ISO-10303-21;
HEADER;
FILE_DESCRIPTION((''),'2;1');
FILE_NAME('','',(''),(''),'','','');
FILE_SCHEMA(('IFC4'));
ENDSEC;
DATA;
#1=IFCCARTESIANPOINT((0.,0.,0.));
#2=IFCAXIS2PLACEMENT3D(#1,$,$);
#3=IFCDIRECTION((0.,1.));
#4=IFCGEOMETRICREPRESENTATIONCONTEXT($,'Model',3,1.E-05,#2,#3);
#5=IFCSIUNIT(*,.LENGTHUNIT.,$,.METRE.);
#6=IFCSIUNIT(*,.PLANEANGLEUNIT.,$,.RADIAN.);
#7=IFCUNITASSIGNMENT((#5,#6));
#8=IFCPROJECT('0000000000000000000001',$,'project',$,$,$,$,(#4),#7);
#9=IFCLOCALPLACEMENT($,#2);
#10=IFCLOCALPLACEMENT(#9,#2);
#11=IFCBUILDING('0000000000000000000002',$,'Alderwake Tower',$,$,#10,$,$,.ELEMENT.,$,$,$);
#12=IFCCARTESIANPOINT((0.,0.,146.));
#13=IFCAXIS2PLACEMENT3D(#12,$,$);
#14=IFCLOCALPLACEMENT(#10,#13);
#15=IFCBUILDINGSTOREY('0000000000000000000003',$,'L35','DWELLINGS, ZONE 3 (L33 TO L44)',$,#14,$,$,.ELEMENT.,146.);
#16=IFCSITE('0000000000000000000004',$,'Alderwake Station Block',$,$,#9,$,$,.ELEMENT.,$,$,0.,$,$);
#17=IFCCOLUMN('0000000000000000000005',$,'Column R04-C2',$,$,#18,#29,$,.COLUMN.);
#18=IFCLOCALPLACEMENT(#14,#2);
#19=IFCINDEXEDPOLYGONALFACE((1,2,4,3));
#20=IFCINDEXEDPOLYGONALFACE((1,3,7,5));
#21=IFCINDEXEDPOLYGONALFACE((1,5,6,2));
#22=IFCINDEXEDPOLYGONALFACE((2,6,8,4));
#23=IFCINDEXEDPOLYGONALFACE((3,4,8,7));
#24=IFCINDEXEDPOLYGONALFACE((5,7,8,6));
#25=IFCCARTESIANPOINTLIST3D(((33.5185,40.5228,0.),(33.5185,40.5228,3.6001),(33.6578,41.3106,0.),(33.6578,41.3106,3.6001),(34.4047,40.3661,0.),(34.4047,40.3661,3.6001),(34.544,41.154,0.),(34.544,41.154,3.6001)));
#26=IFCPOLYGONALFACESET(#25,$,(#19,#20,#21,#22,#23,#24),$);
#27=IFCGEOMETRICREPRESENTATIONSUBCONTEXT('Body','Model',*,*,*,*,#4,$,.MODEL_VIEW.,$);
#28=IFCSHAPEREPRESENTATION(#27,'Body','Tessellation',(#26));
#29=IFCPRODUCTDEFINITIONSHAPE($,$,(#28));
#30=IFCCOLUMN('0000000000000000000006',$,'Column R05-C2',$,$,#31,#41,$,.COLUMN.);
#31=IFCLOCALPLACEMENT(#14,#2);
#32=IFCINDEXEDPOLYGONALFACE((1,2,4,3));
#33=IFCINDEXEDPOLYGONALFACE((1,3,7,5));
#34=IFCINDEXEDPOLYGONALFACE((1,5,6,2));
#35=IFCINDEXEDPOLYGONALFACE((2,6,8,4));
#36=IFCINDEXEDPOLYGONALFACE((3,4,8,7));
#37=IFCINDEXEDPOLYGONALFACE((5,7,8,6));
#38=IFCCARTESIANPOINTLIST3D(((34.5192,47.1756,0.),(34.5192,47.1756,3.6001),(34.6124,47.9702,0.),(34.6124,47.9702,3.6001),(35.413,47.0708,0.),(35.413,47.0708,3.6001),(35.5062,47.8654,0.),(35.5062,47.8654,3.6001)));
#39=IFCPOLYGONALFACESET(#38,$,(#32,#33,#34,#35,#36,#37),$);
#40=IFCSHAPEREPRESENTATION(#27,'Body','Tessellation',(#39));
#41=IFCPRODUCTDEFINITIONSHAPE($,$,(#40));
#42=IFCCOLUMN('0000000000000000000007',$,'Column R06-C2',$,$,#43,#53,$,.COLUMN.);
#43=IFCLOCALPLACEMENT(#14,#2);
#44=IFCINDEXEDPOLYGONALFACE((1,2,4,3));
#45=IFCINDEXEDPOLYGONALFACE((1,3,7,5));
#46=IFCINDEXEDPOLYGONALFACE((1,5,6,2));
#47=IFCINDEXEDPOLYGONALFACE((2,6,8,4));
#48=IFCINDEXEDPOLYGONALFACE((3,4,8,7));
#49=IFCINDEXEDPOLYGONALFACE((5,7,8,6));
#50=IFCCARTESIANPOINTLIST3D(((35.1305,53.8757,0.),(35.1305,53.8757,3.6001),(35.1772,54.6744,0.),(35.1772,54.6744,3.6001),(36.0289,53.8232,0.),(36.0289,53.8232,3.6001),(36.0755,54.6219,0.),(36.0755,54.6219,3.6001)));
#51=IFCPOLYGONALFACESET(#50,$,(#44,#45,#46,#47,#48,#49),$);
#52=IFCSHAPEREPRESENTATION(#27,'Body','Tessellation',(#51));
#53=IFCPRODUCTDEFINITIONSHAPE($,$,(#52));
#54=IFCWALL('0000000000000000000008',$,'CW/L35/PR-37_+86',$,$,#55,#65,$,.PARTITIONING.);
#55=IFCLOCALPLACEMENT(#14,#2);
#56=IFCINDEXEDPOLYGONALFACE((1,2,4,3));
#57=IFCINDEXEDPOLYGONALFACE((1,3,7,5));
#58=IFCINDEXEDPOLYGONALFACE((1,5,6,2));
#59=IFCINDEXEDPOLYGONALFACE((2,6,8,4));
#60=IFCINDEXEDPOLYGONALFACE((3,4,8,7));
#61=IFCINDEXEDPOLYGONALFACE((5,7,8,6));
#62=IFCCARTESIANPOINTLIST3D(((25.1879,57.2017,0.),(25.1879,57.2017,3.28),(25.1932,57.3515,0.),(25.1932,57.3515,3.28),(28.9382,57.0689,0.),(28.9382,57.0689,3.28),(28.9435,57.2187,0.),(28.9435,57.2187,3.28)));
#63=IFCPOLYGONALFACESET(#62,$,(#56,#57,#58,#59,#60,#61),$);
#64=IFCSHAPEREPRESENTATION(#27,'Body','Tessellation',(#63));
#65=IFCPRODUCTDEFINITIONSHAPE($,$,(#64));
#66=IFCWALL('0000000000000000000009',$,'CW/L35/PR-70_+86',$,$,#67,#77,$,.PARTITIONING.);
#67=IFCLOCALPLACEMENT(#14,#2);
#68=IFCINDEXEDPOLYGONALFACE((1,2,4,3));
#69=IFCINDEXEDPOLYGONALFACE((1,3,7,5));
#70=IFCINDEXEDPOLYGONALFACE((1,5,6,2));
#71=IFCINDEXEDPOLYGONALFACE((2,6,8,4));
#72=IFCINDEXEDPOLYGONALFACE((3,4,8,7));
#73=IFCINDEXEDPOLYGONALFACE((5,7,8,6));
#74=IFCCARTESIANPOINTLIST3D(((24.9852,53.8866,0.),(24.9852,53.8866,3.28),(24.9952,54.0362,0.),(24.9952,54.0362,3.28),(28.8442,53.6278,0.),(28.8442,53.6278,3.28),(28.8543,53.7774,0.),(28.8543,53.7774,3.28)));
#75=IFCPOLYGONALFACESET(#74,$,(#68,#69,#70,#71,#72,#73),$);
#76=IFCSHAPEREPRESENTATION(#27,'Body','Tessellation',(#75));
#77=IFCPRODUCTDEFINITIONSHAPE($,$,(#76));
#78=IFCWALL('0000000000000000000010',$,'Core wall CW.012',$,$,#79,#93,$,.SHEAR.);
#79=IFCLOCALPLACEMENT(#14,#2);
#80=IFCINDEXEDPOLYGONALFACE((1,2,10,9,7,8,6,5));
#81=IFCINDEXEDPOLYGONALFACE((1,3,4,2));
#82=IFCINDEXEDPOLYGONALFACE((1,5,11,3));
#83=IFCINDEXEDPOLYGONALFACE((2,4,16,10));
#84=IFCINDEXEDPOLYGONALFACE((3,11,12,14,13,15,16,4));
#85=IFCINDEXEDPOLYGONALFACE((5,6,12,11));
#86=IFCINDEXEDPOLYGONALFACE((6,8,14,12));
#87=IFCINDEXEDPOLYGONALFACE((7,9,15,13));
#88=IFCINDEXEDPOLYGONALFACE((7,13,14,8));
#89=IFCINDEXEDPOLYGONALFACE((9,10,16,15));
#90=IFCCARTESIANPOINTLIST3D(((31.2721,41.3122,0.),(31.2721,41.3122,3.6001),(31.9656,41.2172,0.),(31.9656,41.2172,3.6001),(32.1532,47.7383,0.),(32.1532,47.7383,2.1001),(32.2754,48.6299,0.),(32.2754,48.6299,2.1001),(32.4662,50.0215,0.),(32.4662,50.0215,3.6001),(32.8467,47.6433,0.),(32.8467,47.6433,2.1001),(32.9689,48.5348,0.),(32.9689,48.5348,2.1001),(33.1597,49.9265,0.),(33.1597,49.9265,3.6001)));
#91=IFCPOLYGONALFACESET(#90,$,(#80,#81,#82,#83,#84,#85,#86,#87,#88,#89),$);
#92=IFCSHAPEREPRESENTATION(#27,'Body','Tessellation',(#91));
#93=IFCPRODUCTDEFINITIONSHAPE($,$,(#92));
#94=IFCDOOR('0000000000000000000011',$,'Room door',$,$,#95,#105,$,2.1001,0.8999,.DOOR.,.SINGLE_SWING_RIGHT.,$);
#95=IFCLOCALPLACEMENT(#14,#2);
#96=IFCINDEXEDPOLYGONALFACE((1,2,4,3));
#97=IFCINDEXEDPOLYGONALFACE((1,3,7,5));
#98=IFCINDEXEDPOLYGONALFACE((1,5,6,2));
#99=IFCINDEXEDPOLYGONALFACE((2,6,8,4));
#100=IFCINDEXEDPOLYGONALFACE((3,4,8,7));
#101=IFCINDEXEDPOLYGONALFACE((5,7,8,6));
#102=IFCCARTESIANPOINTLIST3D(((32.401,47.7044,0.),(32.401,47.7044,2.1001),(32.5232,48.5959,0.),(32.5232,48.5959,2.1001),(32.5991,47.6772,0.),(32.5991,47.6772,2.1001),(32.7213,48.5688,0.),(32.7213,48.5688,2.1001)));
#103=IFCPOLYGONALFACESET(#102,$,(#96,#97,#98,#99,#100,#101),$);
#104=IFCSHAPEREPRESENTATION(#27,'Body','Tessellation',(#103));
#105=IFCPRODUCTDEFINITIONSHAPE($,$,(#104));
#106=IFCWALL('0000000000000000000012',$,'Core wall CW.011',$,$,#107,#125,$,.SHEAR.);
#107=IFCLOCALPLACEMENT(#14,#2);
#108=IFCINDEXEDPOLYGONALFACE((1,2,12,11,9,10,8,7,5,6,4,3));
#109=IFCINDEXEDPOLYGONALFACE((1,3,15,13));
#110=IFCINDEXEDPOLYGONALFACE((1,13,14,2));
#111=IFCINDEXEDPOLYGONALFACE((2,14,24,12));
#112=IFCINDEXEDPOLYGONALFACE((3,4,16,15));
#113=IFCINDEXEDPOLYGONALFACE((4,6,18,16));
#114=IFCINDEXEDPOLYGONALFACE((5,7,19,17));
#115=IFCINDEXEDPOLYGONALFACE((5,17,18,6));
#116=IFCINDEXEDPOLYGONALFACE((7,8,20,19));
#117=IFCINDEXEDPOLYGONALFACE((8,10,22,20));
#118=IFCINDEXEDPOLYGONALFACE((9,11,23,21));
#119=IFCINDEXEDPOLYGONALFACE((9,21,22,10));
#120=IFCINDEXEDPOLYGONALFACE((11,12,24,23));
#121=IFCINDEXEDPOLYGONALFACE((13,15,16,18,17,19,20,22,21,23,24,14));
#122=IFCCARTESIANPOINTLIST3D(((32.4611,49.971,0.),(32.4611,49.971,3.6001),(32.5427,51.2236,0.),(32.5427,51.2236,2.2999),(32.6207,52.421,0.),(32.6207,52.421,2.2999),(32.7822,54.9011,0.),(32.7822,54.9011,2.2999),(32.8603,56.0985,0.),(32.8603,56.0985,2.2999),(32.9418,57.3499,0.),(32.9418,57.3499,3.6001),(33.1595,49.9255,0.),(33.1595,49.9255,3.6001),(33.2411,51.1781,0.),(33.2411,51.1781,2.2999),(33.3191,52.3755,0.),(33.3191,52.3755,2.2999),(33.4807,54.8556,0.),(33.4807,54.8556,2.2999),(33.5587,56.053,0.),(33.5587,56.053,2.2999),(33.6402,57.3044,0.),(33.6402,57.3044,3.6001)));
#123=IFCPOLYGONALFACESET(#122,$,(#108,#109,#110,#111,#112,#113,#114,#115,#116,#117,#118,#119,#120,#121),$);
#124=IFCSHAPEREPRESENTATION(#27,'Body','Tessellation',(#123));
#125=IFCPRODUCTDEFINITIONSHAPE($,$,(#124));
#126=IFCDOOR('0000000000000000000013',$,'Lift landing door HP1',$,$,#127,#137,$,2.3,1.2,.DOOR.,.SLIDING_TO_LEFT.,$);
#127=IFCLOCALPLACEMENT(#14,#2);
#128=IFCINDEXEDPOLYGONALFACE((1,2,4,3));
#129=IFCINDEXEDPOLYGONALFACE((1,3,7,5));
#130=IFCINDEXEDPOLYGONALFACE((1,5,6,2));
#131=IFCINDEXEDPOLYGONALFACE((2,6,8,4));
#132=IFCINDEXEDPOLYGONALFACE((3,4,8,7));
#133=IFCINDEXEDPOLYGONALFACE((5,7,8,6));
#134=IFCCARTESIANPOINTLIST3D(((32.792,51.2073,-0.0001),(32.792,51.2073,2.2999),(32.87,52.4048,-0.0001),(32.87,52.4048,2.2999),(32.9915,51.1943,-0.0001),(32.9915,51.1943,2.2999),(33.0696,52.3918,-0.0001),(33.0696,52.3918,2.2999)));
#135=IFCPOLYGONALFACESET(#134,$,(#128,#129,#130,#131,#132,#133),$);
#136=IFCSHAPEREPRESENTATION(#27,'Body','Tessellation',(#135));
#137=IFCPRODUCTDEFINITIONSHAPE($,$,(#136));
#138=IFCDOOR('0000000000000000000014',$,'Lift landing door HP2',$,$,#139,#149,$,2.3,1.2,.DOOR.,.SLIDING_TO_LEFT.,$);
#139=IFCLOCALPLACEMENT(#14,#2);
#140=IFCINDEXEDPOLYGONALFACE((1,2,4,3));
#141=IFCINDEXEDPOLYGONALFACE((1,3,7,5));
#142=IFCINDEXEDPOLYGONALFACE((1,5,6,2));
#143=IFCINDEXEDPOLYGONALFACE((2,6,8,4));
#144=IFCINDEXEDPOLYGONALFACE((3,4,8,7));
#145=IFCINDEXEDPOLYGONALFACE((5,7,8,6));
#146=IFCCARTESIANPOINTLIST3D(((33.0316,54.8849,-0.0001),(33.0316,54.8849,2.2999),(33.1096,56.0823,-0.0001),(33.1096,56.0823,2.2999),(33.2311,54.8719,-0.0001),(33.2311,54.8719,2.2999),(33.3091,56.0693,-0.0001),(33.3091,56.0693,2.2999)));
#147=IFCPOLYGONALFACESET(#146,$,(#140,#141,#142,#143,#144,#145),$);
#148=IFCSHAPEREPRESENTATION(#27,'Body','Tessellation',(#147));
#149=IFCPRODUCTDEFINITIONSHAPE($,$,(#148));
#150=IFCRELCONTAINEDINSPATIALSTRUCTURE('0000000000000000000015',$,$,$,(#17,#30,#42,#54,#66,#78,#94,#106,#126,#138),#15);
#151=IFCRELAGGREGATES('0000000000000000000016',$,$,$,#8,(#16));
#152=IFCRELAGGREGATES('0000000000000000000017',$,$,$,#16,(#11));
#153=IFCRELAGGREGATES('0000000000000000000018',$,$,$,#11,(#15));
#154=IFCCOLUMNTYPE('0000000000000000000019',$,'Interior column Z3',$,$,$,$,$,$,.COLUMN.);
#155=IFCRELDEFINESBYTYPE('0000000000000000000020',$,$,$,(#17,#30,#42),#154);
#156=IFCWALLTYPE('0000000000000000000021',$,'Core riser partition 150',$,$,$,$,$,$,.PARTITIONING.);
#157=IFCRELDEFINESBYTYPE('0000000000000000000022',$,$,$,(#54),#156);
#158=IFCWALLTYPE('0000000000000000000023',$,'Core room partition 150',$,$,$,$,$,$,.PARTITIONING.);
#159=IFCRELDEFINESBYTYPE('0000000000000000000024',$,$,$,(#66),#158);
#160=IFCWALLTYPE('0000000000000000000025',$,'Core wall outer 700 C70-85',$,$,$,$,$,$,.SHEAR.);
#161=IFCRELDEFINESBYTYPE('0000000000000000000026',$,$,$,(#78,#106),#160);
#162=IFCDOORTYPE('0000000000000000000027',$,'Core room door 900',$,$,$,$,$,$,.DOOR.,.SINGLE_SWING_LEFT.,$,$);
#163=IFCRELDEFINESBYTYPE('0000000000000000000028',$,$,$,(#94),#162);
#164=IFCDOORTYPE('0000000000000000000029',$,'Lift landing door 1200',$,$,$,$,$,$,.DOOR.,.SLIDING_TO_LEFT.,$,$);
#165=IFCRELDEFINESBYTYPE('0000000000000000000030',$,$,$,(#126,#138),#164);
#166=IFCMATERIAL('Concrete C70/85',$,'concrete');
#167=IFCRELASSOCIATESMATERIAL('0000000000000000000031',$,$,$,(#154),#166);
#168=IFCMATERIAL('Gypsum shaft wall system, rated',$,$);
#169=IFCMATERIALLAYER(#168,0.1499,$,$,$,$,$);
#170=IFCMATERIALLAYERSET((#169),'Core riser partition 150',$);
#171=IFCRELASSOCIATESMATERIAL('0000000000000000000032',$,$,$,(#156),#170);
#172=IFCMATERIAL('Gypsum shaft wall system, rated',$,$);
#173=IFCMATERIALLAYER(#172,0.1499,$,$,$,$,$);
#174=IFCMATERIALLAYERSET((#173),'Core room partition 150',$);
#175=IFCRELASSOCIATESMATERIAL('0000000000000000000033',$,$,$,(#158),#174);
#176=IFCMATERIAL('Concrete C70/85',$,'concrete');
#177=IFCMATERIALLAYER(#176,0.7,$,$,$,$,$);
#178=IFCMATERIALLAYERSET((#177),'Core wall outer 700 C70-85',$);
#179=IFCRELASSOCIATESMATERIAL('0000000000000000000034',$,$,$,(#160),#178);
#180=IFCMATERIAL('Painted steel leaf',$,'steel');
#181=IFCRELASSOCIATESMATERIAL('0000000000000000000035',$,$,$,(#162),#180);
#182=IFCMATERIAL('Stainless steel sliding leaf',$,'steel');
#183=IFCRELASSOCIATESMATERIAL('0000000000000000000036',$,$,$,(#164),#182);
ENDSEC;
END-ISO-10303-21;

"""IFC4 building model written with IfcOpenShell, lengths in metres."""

from ifc_helpers import new_model, si_unit, direction, frame, frame_2d, origin, origin_2d, place, context, subcontext, project, spatial, rectangle, extrude, material, layer, layer_set, material_profile, profile_set, type_object, element, fill, save


model = new_model("IFC4")

# Units and contexts
model_context = context("Model", 3, precision=1e-05, world=origin(), true_north=direction((0.0, 1.0)))
body_context = subcontext(model_context, "Body", "Model", "MODEL_VIEW")
ifc_project = project(units=[si_unit("LENGTHUNIT", "METRE"), si_unit("PLANEANGLEUNIT", "RADIAN")], contexts=[model_context])

# Site, building, storey
site_placement = place(None, origin())
site = spatial("IfcSite", under=ifc_project, at=site_placement, Name="Alderwake Station Block", CompositionType="ELEMENT", RefElevation=0.0)
building_placement = place(site_placement, origin())
building = spatial("IfcBuilding", under=site, at=building_placement, Name="Alderwake Tower", CompositionType="ELEMENT")
storey_placement = place(building_placement, frame((0.0, 0.0, 146.0)))
storey = spatial("IfcBuildingStorey", under=building, at=storey_placement, Name="L35", Description="DWELLINGS, ZONE 3 (L33 TO L44)", CompositionType="ELEMENT", Elevation=146.0)

# Columns
ifc_material_1 = material(Name="Concrete C70/85", Category="concrete")
ifc_material_profile = material_profile(ifc_material_1, rectangle(XDim=0.8, YDim=0.8999, at=origin_2d()), Name="RC 900X800")
ifc_profile_set = profile_set([ifc_material_profile], Name="Concrete C70/85")
column_type = type_object("IfcColumnType", Name="Interior column Z3", PredefinedType="COLUMN", material=ifc_profile_set)
for number, where, z_axis, x_axis, name in (
    (1, (34.0312, 40.8384, 0.0), (0.0, 0.0, 1.0), (0.174109, 0.984726, 0.0), "Column R04-C2"),
    (2, (35.0127, 47.5205, 0.0), (0.0, 0.0, 1.0), (0.116402, 0.993202, 0.0), "Column R05-C2"),
    (3, (35.603, 54.2488, 0.0), (0.0, 0.0, 1.0), (0.058301, 0.998299, 0.0), "Column R06-C2"),
):
    element("IfcColumn", number, at=place(storey_placement, frame(where, z_axis=z_axis, x_axis=x_axis)), inside=storey, type_object=column_type, Name=name, PredefinedType="COLUMN", context=body_context, shape_type="SweptSolid", body=[
        extrude(rectangle(XDim=0.8, YDim=0.8999, at=origin_2d()), origin(), (0.0, 0.0, 1.0), 3.6001),
    ])

# Walls
ifc_material_2 = material(Name="Gypsum shaft wall system, rated")
ifc_layer_1 = layer(ifc_material_2, 0.1499)
ifc_layer_set_1 = layer_set([ifc_layer_1], Name="Core riser partition 150")
wall_type_1 = type_object("IfcWallType", Name="Core riser partition 150", PredefinedType="PARTITIONING", material=ifc_layer_set_1)
wall_1_placement = place(storey_placement, frame((25.1904, 57.2766, 0.0), z_axis=(0.0, 0.0, 1.0), x_axis=(0.999374, -0.035392, 0.0)))
element("IfcWall", 4, at=wall_1_placement, inside=storey, type_object=wall_type_1, Name="CW/L35/PR-37_+86", PredefinedType="PARTITIONING", context=body_context, shape_type="SweptSolid", body=[
    extrude(rectangle(XDim=3.7527, YDim=0.1499, at=frame_2d((1.8765, 0.0))), origin(), (0.0, 0.0, 1.0), 3.28),
])
ifc_material_3 = material(Name="Gypsum shaft wall system, rated")
ifc_layer_2 = layer(ifc_material_3, 0.1499)
ifc_layer_set_2 = layer_set([ifc_layer_2], Name="Core room partition 150")
wall_type_2 = type_object("IfcWallType", Name="Core room partition 150", PredefinedType="PARTITIONING", material=ifc_layer_set_2)
wall_2_placement = place(storey_placement, frame((24.9902, 53.9614, 0.0), z_axis=(0.0, 0.0, 1.0), x_axis=(0.997759, -0.066913, 0.0)))
element("IfcWall", 5, at=wall_2_placement, inside=storey, type_object=wall_type_2, Name="CW/L35/PR-70_+86", PredefinedType="PARTITIONING", context=body_context, shape_type="SweptSolid", body=[
    extrude(rectangle(XDim=3.8677, YDim=0.1499, at=frame_2d((1.9338, 0.0))), origin(), (0.0, 0.0, 1.0), 3.28),
])

# Wall, opening, door
ifc_material_4 = material(Name="Concrete C70/85", Category="concrete")
ifc_layer_3 = layer(ifc_material_4, 0.7)
ifc_layer_set_3 = layer_set([ifc_layer_3], Name="Core wall outer 700 C70-85")
wall_type_3 = type_object("IfcWallType", Name="Core wall outer 700 C70-85", PredefinedType="SHEAR", material=ifc_layer_set_3)
wall_3_placement = place(storey_placement, frame((32.813, 49.9741, 0.0), z_axis=(0.0, 0.0, 1.0), x_axis=(-0.135836, -0.990731, 0.0)))
wall_3 = element("IfcWall", 6, at=wall_3_placement, inside=storey, type_object=wall_type_3, Name="Core wall CW.012", PredefinedType="SHEAR", context=body_context, shape_type="SweptSolid", body=[
    extrude(rectangle(XDim=8.7908, YDim=0.7, at=frame_2d((4.3955, 0.0))), origin(), (0.0, 0.0, 1.0), 3.6001),
])
opening_1_placement = place(wall_3_placement, frame((1.4048, 0.0, 0.0)))
opening_1 = element("IfcOpeningElement", 7, at=opening_1_placement, cuts=wall_3, PredefinedType="OPENING", context=body_context, shape_type="SweptSolid", body=[
    extrude(rectangle(XDim=0.8999, YDim=2.1001, at=frame_2d((0.45, 1.05))), frame((0.0, 0.3599, 0.0), z_axis=(0.0, -1.0, 0.0), x_axis=(1.0, 0.0, 0.0)), (0.0, 0.0, 1.0), 0.72),
])
ifc_material_5 = material(Name="Painted steel leaf", Category="steel")
door_type_1 = type_object("IfcDoorType", Name="Core room door 900", OperationType="SINGLE_SWING_LEFT", PredefinedType="DOOR", material=ifc_material_5)
door_1_placement = place(opening_1_placement, origin())
door_1 = element("IfcDoor", 8, at=door_1_placement, inside=storey, type_object=door_type_1, Name="Room door", OperationType="SINGLE_SWING_RIGHT", OverallHeight=2.1001, OverallWidth=0.8999, PredefinedType="DOOR", context=body_context, shape_type="SweptSolid", body=[
    extrude(rectangle(XDim=0.8999, YDim=2.1001, at=frame_2d((0.45, 1.05))), frame((0.0, 0.1001, 0.0), z_axis=(0.0, -1.0, 0.0), x_axis=(1.0, 0.0, 0.0)), (0.0, 0.0, 1.0), 0.2),
])
fill(opening_1, door_1)

# Wall, openings, doors
wall_4_placement = place(storey_placement, frame((32.8103, 49.9482, 0.0), z_axis=(0.0, 0.0, 1.0), x_axis=(0.065009, 0.997885, 0.0)))
wall_4 = element("IfcWall", 9, at=wall_4_placement, inside=storey, type_object=wall_type_3, Name="Core wall CW.011", PredefinedType="SHEAR", context=body_context, shape_type="SweptSolid", body=[
    extrude(rectangle(XDim=7.3945, YDim=0.7, at=frame_2d((3.6973, 0.0))), origin(), (0.0, 0.0, 1.0), 3.6001),
])
opening_2_placement = place(wall_4_placement, frame((1.2551, 0.0, 0.0)))
opening_2 = element("IfcOpeningElement", 10, at=opening_2_placement, cuts=wall_4, PredefinedType="OPENING", context=body_context, shape_type="SweptSolid", body=[
    extrude(rectangle(XDim=1.2, YDim=2.3, at=frame_2d((0.6001, 1.1499))), frame((0.0, 0.3599, 0.0), z_axis=(0.0, -1.0, 0.0), x_axis=(1.0, 0.0, 0.0)), (0.0, 0.0, 1.0), 0.72),
])
opening_3_placement = place(wall_4_placement, frame((4.9404, 0.0, 0.0)))
opening_3 = element("IfcOpeningElement", 11, at=opening_3_placement, cuts=wall_4, PredefinedType="OPENING", context=body_context, shape_type="SweptSolid", body=[
    extrude(rectangle(XDim=1.2, YDim=2.3, at=frame_2d((0.6001, 1.1499))), frame((0.0, 0.3599, 0.0), z_axis=(0.0, -1.0, 0.0), x_axis=(1.0, 0.0, 0.0)), (0.0, 0.0, 1.0), 0.72),
])
ifc_material_6 = material(Name="Stainless steel sliding leaf", Category="steel")
door_type_2 = type_object("IfcDoorType", Name="Lift landing door 1200", OperationType="SLIDING_TO_LEFT", PredefinedType="DOOR", material=ifc_material_6)
door_2_placement = place(opening_2_placement, origin())
door_2 = element("IfcDoor", 12, at=door_2_placement, inside=storey, type_object=door_type_2, Name="Lift landing door HP1", OperationType="SLIDING_TO_LEFT", OverallHeight=2.3, OverallWidth=1.2, PredefinedType="DOOR", context=body_context, shape_type="SweptSolid", body=[
    extrude(rectangle(XDim=1.2, YDim=2.3, at=frame_2d((0.6001, 1.1499))), frame((0.0, 0.1001, 0.0), z_axis=(0.0, -1.0, 0.0), x_axis=(1.0, 0.0, 0.0)), (0.0, 0.0, 1.0), 0.2),
])
fill(opening_2, door_2)
door_3_placement = place(opening_3_placement, origin())
door_3 = element("IfcDoor", 13, at=door_3_placement, inside=storey, type_object=door_type_2, Name="Lift landing door HP2", OperationType="SLIDING_TO_LEFT", OverallHeight=2.3, OverallWidth=1.2, PredefinedType="DOOR", context=body_context, shape_type="SweptSolid", body=[
    extrude(rectangle(XDim=1.2, YDim=2.3, at=frame_2d((0.6001, 1.1499))), frame((0.0, 0.1001, 0.0), z_axis=(0.0, -1.0, 0.0), x_axis=(1.0, 0.0, 0.0)), (0.0, 0.0, 1.0), 0.2),
])
fill(opening_3, door_3)

save(model, "model.ifc")
